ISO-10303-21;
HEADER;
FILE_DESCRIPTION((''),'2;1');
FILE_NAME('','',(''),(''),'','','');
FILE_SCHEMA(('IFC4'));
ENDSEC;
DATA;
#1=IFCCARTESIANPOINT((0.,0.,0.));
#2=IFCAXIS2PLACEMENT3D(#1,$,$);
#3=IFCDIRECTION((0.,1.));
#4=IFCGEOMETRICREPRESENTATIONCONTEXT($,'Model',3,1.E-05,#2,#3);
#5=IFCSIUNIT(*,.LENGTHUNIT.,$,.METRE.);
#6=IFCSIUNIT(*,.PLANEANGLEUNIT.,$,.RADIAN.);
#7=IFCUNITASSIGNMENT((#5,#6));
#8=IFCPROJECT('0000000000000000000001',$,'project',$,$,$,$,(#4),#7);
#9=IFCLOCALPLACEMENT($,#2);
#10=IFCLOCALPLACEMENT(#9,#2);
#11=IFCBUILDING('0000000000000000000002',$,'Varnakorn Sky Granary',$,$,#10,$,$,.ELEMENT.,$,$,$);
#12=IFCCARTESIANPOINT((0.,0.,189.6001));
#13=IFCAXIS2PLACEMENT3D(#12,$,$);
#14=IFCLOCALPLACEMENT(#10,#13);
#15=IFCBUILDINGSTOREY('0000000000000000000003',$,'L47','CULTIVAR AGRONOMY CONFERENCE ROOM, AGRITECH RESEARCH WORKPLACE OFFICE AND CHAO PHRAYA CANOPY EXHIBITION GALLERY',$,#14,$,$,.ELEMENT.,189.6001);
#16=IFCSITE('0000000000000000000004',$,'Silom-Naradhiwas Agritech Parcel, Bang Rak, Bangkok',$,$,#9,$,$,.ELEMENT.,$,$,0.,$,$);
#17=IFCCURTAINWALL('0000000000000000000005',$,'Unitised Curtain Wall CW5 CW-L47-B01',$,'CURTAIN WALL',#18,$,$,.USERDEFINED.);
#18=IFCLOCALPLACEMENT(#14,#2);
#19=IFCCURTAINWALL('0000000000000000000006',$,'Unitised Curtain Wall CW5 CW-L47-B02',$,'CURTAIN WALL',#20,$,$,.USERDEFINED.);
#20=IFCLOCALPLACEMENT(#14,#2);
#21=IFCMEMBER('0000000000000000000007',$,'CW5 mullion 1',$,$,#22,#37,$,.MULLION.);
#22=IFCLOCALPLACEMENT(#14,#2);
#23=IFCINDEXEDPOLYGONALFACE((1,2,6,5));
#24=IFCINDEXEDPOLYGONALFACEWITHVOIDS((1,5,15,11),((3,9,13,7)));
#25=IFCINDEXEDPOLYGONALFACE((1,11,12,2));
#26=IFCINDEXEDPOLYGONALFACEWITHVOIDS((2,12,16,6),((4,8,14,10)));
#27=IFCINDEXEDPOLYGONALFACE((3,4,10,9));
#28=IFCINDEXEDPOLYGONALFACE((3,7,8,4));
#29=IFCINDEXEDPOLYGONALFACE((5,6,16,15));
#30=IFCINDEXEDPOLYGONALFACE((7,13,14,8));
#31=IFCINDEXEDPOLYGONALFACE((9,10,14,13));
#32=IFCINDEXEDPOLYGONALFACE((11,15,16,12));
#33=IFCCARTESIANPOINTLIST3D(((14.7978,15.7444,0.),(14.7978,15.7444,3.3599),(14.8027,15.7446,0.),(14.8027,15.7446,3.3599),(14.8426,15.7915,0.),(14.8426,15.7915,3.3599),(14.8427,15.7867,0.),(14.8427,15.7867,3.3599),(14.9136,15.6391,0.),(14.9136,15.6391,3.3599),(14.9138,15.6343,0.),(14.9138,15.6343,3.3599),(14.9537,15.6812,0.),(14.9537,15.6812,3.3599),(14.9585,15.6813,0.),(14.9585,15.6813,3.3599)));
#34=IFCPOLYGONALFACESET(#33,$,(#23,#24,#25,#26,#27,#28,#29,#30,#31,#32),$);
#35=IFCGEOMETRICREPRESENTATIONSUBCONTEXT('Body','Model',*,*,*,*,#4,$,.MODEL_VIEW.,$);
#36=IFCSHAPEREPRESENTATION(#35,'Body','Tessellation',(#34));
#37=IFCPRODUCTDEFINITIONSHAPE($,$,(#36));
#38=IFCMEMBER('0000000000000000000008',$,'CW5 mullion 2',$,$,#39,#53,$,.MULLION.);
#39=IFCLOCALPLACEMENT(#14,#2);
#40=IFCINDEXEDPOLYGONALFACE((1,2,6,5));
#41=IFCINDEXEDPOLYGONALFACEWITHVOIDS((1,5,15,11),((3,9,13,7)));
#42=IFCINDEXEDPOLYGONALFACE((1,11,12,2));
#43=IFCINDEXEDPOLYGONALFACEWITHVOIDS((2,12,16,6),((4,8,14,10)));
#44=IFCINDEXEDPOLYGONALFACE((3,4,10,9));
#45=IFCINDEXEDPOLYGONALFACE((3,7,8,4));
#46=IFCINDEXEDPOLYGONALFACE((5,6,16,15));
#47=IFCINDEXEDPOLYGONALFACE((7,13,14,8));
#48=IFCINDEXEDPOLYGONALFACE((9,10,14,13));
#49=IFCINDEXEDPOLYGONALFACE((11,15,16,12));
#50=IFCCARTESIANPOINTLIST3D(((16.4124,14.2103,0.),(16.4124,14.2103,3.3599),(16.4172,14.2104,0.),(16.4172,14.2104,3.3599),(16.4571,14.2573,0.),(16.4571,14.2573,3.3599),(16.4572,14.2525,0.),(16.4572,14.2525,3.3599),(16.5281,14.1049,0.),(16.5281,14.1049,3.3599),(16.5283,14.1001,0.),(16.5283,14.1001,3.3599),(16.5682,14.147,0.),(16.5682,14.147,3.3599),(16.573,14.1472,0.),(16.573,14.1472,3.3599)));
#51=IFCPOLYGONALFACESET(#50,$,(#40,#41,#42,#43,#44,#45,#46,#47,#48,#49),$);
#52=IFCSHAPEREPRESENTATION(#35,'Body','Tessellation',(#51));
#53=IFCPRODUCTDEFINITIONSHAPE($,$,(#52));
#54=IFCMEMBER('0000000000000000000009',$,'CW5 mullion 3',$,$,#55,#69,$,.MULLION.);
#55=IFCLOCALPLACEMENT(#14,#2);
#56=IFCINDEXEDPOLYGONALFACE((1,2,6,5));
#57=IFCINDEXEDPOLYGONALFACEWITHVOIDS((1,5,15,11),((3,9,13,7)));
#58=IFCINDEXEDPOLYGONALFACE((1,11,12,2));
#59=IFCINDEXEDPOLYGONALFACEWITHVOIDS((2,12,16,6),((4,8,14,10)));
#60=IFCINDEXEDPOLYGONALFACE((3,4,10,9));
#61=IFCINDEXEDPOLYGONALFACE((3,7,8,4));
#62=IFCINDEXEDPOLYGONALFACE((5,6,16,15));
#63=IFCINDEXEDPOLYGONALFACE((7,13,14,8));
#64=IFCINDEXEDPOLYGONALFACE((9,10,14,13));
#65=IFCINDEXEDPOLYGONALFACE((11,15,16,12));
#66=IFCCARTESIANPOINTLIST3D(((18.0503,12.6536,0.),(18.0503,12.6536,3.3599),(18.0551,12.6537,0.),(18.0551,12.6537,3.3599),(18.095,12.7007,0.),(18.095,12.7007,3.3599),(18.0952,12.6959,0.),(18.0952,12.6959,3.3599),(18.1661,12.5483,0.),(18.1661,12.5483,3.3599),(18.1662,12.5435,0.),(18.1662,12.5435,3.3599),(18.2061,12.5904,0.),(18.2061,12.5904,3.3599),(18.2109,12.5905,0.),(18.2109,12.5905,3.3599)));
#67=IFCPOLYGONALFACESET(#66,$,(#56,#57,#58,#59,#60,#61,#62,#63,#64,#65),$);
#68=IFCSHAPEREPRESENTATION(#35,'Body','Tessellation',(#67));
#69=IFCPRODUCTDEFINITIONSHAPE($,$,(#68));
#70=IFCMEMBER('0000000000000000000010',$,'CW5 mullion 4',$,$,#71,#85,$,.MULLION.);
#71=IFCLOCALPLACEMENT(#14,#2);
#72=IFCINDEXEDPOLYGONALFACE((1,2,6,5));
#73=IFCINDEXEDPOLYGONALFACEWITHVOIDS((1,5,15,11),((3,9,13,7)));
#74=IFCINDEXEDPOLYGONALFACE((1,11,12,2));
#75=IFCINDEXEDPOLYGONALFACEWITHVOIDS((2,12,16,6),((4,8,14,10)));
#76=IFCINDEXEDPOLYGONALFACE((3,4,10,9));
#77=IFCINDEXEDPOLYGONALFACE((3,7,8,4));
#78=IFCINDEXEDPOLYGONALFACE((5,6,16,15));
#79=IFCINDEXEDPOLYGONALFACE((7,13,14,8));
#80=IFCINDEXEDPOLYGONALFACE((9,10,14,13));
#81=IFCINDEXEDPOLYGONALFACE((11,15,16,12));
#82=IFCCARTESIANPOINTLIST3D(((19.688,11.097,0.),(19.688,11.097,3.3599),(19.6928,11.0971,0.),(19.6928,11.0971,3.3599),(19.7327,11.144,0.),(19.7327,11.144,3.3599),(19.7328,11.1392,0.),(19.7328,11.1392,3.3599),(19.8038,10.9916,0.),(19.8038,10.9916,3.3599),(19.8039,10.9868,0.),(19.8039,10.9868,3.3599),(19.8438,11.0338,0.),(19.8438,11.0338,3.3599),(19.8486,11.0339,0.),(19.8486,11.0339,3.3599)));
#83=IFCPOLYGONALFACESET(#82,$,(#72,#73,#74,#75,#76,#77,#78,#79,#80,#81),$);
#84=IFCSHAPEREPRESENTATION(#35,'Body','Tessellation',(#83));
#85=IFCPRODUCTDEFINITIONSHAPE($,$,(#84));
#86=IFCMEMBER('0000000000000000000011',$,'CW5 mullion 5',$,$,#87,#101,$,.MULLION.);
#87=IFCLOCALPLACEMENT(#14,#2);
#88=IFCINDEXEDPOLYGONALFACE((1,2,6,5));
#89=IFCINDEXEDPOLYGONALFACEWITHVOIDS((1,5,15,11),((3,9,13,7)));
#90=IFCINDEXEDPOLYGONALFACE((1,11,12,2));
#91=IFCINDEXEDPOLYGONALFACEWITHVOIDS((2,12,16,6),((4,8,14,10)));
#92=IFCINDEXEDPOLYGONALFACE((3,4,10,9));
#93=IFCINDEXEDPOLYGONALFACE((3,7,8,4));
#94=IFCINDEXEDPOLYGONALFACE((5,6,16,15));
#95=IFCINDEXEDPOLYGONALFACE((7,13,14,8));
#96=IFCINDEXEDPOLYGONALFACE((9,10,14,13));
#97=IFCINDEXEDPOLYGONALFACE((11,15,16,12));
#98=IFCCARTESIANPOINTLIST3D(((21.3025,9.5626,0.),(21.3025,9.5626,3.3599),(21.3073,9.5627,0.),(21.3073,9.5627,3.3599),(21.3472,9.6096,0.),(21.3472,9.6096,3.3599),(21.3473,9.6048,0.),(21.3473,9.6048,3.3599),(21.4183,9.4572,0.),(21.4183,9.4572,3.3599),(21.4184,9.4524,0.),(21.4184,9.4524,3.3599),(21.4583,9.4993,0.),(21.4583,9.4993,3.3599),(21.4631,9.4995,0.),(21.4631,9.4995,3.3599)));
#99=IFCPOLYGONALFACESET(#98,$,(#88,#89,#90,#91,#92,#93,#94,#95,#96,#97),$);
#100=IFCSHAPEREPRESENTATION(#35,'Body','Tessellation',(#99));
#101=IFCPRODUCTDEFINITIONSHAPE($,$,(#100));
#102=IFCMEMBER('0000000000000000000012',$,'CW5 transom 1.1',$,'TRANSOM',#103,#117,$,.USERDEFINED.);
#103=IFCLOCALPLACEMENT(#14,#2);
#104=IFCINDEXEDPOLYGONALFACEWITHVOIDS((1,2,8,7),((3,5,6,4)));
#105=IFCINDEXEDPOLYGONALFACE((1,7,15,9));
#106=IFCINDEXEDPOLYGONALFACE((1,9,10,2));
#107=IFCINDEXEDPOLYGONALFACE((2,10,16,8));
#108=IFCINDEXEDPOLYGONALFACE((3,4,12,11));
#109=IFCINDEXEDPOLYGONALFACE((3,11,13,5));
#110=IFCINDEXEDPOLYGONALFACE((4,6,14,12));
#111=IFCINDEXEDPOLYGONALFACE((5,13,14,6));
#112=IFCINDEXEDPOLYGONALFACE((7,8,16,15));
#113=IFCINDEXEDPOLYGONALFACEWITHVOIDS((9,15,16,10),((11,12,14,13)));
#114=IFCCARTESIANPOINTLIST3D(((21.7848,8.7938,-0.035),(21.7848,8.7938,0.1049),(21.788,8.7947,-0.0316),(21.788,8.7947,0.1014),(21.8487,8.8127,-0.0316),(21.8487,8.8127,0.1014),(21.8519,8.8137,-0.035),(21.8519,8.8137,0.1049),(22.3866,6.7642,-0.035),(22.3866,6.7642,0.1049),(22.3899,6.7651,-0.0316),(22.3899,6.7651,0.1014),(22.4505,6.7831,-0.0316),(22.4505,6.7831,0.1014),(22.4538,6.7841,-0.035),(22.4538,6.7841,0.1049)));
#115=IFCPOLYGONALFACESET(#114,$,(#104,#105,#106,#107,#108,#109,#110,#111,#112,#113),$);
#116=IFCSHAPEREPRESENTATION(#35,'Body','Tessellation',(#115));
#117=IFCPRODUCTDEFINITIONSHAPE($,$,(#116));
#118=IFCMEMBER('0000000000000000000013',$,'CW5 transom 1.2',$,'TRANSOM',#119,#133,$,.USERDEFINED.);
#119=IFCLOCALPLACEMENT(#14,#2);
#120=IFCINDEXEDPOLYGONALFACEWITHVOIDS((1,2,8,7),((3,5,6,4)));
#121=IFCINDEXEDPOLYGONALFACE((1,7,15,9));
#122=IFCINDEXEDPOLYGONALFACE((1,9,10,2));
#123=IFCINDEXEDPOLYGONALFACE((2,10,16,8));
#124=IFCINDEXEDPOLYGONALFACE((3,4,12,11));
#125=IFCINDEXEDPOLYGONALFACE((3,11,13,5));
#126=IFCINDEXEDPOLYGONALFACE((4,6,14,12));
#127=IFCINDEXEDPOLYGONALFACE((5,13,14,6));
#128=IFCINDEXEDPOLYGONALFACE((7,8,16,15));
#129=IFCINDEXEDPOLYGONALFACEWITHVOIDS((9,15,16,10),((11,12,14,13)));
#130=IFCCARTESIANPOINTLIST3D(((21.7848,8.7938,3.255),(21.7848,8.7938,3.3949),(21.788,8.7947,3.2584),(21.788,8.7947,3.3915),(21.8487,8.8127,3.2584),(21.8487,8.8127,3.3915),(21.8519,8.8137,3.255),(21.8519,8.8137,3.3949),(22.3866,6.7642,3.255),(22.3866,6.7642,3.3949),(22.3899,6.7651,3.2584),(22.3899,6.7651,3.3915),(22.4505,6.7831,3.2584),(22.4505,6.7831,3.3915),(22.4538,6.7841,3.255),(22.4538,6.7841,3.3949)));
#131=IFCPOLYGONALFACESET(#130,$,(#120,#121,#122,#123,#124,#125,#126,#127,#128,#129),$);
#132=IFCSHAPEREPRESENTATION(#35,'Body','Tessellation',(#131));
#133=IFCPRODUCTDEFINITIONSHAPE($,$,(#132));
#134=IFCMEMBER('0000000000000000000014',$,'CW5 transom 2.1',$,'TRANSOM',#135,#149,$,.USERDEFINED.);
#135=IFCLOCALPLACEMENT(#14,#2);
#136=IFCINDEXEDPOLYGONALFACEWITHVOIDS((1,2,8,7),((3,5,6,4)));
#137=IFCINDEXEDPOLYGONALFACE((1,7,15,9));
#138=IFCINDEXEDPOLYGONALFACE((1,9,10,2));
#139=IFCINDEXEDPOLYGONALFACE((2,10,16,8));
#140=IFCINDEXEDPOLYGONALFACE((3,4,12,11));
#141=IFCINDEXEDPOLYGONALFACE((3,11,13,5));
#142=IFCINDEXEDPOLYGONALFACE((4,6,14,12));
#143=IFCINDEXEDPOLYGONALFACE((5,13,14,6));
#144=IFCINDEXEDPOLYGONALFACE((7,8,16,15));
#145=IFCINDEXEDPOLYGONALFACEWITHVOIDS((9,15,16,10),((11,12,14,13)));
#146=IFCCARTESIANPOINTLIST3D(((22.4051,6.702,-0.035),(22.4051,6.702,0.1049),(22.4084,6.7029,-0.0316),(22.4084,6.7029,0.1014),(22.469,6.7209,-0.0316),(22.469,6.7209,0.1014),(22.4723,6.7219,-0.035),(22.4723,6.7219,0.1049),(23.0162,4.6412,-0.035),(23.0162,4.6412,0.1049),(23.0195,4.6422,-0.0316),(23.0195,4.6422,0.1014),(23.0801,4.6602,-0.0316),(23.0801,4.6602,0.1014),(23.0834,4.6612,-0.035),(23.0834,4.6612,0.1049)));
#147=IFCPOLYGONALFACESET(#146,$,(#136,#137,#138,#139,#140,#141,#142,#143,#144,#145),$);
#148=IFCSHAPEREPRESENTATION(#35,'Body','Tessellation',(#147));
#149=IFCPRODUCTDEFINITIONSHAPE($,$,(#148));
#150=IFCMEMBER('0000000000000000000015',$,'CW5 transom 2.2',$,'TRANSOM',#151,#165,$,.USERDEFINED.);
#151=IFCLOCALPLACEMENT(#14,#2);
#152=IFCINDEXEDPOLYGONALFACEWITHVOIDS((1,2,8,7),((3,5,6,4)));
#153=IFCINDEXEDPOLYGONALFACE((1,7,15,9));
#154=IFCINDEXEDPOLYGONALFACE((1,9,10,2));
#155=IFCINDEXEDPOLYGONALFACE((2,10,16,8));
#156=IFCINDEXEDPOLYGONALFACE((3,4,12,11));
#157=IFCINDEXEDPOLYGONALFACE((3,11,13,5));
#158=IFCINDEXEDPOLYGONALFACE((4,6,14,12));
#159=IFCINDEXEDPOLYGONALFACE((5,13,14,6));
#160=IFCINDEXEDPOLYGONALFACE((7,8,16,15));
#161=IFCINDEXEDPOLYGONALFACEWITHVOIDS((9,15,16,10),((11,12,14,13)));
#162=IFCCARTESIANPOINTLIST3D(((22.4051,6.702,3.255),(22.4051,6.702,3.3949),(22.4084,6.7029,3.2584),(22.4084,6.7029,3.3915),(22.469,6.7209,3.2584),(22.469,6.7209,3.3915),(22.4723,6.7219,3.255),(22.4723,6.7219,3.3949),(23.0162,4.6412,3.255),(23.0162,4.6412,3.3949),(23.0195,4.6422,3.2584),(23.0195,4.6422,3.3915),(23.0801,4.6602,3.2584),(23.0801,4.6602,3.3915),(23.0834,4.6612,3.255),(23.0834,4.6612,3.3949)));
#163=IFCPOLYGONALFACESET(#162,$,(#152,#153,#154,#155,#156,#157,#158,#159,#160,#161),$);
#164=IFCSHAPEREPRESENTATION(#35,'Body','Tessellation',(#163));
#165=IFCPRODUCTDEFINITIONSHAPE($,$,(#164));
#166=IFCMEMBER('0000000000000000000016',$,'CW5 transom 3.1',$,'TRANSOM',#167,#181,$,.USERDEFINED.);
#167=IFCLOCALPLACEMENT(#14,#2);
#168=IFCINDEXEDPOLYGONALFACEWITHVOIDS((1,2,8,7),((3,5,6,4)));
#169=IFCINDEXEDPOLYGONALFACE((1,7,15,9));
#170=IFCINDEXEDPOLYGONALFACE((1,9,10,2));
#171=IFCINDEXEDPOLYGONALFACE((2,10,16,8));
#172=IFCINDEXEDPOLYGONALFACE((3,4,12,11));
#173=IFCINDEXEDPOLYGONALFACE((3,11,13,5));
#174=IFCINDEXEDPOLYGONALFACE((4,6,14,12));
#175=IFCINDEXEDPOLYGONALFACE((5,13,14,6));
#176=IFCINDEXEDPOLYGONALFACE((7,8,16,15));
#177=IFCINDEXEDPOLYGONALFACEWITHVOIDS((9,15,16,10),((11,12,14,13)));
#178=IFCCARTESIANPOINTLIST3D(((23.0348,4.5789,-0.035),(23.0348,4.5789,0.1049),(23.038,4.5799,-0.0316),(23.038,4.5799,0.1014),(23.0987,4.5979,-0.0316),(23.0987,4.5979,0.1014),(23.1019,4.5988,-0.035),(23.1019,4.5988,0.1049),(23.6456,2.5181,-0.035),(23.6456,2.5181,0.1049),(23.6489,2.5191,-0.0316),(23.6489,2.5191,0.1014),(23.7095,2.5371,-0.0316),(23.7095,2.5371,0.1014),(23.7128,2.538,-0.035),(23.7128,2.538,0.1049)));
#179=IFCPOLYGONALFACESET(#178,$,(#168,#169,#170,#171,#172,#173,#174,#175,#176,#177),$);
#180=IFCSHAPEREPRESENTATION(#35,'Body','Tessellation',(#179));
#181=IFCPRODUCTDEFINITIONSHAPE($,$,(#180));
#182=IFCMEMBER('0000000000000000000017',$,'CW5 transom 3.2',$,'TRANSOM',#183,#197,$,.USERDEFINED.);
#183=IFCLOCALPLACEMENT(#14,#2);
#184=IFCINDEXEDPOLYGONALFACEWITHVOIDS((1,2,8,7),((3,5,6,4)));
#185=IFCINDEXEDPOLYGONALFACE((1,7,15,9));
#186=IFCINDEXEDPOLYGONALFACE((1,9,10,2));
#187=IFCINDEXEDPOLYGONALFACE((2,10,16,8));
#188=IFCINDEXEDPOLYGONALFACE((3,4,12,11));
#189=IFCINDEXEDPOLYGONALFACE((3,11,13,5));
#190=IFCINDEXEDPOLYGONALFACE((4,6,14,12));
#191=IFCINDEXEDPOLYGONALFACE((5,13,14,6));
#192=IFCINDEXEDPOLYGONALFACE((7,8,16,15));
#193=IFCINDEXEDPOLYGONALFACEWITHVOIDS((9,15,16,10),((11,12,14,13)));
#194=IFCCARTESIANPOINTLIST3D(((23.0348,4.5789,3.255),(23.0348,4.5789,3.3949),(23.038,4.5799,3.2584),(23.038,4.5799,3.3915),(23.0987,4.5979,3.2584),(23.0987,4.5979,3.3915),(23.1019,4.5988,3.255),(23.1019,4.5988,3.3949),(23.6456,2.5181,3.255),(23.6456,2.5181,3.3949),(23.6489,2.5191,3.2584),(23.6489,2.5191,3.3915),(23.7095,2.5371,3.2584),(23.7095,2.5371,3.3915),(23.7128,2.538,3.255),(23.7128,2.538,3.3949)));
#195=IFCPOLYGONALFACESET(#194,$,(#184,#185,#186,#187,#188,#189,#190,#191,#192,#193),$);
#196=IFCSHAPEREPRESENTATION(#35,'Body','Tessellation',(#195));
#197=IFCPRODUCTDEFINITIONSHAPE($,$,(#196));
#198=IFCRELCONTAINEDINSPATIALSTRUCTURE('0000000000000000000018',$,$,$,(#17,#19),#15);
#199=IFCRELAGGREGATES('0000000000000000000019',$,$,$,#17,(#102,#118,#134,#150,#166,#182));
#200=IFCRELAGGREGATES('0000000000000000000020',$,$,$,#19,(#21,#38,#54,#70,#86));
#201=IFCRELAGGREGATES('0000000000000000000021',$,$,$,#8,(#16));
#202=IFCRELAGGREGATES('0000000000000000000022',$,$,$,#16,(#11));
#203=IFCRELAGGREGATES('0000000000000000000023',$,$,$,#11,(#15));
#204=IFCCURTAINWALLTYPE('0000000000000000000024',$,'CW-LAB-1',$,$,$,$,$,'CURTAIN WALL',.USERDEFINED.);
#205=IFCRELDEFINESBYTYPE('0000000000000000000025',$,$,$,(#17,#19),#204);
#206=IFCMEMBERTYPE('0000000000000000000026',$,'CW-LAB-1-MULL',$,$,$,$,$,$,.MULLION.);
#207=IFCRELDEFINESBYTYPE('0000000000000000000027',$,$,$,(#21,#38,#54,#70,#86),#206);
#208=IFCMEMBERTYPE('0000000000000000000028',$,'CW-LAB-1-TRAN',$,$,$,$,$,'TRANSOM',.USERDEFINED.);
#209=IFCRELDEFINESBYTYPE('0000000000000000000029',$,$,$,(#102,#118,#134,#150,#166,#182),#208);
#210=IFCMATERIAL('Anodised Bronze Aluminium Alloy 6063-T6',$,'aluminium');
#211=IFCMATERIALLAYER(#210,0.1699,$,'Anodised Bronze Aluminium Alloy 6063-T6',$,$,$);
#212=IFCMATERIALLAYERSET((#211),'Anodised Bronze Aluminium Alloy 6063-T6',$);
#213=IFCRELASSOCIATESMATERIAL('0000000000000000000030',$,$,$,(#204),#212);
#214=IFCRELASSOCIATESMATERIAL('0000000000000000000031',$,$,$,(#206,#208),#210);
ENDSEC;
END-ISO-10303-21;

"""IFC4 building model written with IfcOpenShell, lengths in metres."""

from ifc_helpers import new_model, si_unit, direction, frame, origin, origin_2d, place, context, subcontext, project, spatial, hollow_rectangle, extrude, material, layer, layer_set, material_profile, profile_set, type_object, element, aggregate, save


model = new_model("IFC4")

# Units and contexts
model_context = context("Model", 3, precision=1e-05, world=origin(), true_north=direction((0.0, 1.0)))
body_context = subcontext(model_context, "Body", "Model", "MODEL_VIEW")
ifc_project = project(units=[si_unit("LENGTHUNIT", "METRE"), si_unit("PLANEANGLEUNIT", "RADIAN")], contexts=[model_context])

# Site, building, storey
site_placement = place(None, origin())
site = spatial("IfcSite", under=ifc_project, at=site_placement, Name="Silom-Naradhiwas Agritech Parcel, Bang Rak, Bangkok", CompositionType="ELEMENT", RefElevation=0.0)
building_placement = place(site_placement, origin())
building = spatial("IfcBuilding", under=site, at=building_placement, Name="Varnakorn Sky Granary", CompositionType="ELEMENT")
storey_placement = place(building_placement, frame((0.0, 0.0, 189.6001)))
storey = spatial("IfcBuildingStorey", under=building, at=storey_placement, Name="L47", Description="CULTIVAR AGRONOMY CONFERENCE ROOM, AGRITECH RESEARCH WORKPLACE OFFICE AND CHAO PHRAYA CANOPY EXHIBITION GALLERY", CompositionType="ELEMENT", Elevation=189.6001)

# Curtain walls, members
ifc_material_1 = material(Name="Anodised Bronze Aluminium Alloy 6063-T6", Category="aluminium")
ifc_layer_1 = layer(ifc_material_1, 0.1699, Name="Anodised Bronze Aluminium Alloy 6063-T6")
ifc_layer_set_1 = layer_set([ifc_layer_1], Name="Anodised Bronze Aluminium Alloy 6063-T6")
curtain_wall_type = type_object("IfcCurtainWallType", Name="CW-LAB-1", ElementType="CURTAIN WALL", PredefinedType="USERDEFINED", material=ifc_layer_set_1)
curtain_wall_1_placement = place(storey_placement, origin())
curtain_wall_1 = element("IfcCurtainWall", 1, at=curtain_wall_1_placement, inside=storey, type_object=curtain_wall_type, Name="Unitised Curtain Wall CW5 CW-L47-B01", ObjectType="CURTAIN WALL", PredefinedType="USERDEFINED")
ifc_material_profile_1 = material_profile(ifc_material_1, hollow_rectangle(XDim=0.0649, YDim=0.1599, WallThickness=0.0034, at=origin_2d()), Name="ALU MULL 65x160")
ifc_profile_set_1 = profile_set([ifc_material_profile_1], Name="Anodised Bronze Aluminium Alloy 6063-T6")
member_type_1 = type_object("IfcMemberType", Name="CW-LAB-1-MULL", PredefinedType="MULLION", material=ifc_profile_set_1)
curtain_wall_2_placement = place(storey_placement, origin())
curtain_wall_2 = element("IfcCurtainWall", 2, at=curtain_wall_2_placement, inside=storey, type_object=curtain_wall_type, Name="Unitised Curtain Wall CW5 CW-L47-B02", ObjectType="CURTAIN WALL", PredefinedType="USERDEFINED")
member_1_placement = place(storey_placement, frame((14.8782, 15.7129, 0.0), z_axis=(0.0, 0.0, 1.0), x_axis=(0.688905, 0.724851, 0.0)))
member_1 = element("IfcMember", 3, at=member_1_placement, type_object=member_type_1, Name="CW5 mullion 1", PredefinedType="MULLION", context=body_context, shape_type="SweptSolid", body=[
    extrude(hollow_rectangle(XDim=0.0649, YDim=0.1599, WallThickness=0.0034, at=origin_2d()), origin(), (0.0, 0.0, 1.0), 3.3599),
])
member_2_placement = place(storey_placement, frame((16.4927, 14.1787, 0.0), z_axis=(0.0, 0.0, 1.0), x_axis=(0.688905, 0.724851, 0.0)))
member_2 = element("IfcMember", 4, at=member_2_placement, type_object=member_type_1, Name="CW5 mullion 2", PredefinedType="MULLION", context=body_context, shape_type="SweptSolid", body=[
    extrude(hollow_rectangle(XDim=0.0649, YDim=0.1599, WallThickness=0.0034, at=origin_2d()), origin(), (0.0, 0.0, 1.0), 3.3599),
])
member_3_placement = place(storey_placement, frame((18.1306, 12.6221, 0.0), z_axis=(0.0, 0.0, 1.0), x_axis=(0.688905, 0.724851, 0.0)))
member_3 = element("IfcMember", 5, at=member_3_placement, type_object=member_type_1, Name="CW5 mullion 3", PredefinedType="MULLION", context=body_context, shape_type="SweptSolid", body=[
    extrude(hollow_rectangle(XDim=0.0649, YDim=0.1599, WallThickness=0.0034, at=origin_2d()), origin(), (0.0, 0.0, 1.0), 3.3599),
])
member_4_placement = place(storey_placement, frame((19.7683, 11.0654, 0.0), z_axis=(0.0, 0.0, 1.0), x_axis=(0.688905, 0.724851, 0.0)))
member_4 = element("IfcMember", 6, at=member_4_placement, type_object=member_type_1, Name="CW5 mullion 4", PredefinedType="MULLION", context=body_context, shape_type="SweptSolid", body=[
    extrude(hollow_rectangle(XDim=0.0649, YDim=0.1599, WallThickness=0.0034, at=origin_2d()), origin(), (0.0, 0.0, 1.0), 3.3599),
])
member_5_placement = place(storey_placement, frame((21.3828, 9.531, 0.0), z_axis=(0.0, 0.0, 1.0), x_axis=(0.688905, 0.724851, 0.0)))
member_5 = element("IfcMember", 7, at=member_5_placement, type_object=member_type_1, Name="CW5 mullion 5", PredefinedType="MULLION", context=body_context, shape_type="SweptSolid", body=[
    extrude(hollow_rectangle(XDim=0.0649, YDim=0.1599, WallThickness=0.0034, at=origin_2d()), origin(), (0.0, 0.0, 1.0), 3.3599),
])

# Members
ifc_material_profile_2 = material_profile(ifc_material_1, hollow_rectangle(XDim=0.0701, YDim=0.1399, WallThickness=0.0034, at=origin_2d()), Name="ALU TRAN 70x140")
ifc_profile_set_2 = profile_set([ifc_material_profile_2], Name="Anodised Bronze Aluminium Alloy 6063-T6")
member_type_2 = type_object("IfcMemberType", Name="CW-LAB-1-TRAN", ElementType="TRANSOM", PredefinedType="USERDEFINED", material=ifc_profile_set_2)
member_6_placement = place(storey_placement, frame((21.8184, 8.8037, 0.0349), z_axis=(0.284289, -0.958739, 0.0), x_axis=(0.958739, 0.284289, 0.0)))
member_6 = element("IfcMember", 8, at=member_6_placement, type_object=member_type_2, Name="CW5 transom 1.1", ObjectType="TRANSOM", PredefinedType="USERDEFINED", context=body_context, shape_type="SweptSolid", body=[
    extrude(hollow_rectangle(XDim=0.0701, YDim=0.1399, WallThickness=0.0034, at=origin_2d()), origin(), (0.0, 0.0, 1.0), 2.1169),
])
member_7_placement = place(storey_placement, frame((21.8184, 8.8037, 3.325), z_axis=(0.284289, -0.958739, 0.0), x_axis=(0.958739, 0.284289, 0.0)))
member_7 = element("IfcMember", 9, at=member_7_placement, type_object=member_type_2, Name="CW5 transom 1.2", ObjectType="TRANSOM", PredefinedType="USERDEFINED", context=body_context, shape_type="SweptSolid", body=[
    extrude(hollow_rectangle(XDim=0.0701, YDim=0.1399, WallThickness=0.0034, at=origin_2d()), origin(), (0.0, 0.0, 1.0), 2.1169),
])
member_8_placement = place(storey_placement, frame((22.4387, 6.7119, 0.0349), z_axis=(0.284293, -0.958737, 0.0), x_axis=(0.958737, 0.284293, 0.0)))
member_8 = element("IfcMember", 10, at=member_8_placement, type_object=member_type_2, Name="CW5 transom 2.1", ObjectType="TRANSOM", PredefinedType="USERDEFINED", context=body_context, shape_type="SweptSolid", body=[
    extrude(hollow_rectangle(XDim=0.0701, YDim=0.1399, WallThickness=0.0034, at=origin_2d()), origin(), (0.0, 0.0, 1.0), 2.1494),
])
member_9_placement = place(storey_placement, frame((22.4387, 6.7119, 3.325), z_axis=(0.284293, -0.958737, 0.0), x_axis=(0.958737, 0.284293, 0.0)))
member_9 = element("IfcMember", 11, at=member_9_placement, type_object=member_type_2, Name="CW5 transom 2.2", ObjectType="TRANSOM", PredefinedType="USERDEFINED", context=body_context, shape_type="SweptSolid", body=[
    extrude(hollow_rectangle(XDim=0.0701, YDim=0.1399, WallThickness=0.0034, at=origin_2d()), origin(), (0.0, 0.0, 1.0), 2.1494),
])
member_10_placement = place(storey_placement, frame((23.0684, 4.5889, 0.0349), z_axis=(0.284189, -0.958768, 0.0), x_axis=(0.958768, 0.284189, 0.0)))
member_10 = element("IfcMember", 12, at=member_10_placement, type_object=member_type_2, Name="CW5 transom 3.1", ObjectType="TRANSOM", PredefinedType="USERDEFINED", context=body_context, shape_type="SweptSolid", body=[
    extrude(hollow_rectangle(XDim=0.0701, YDim=0.1399, WallThickness=0.0034, at=origin_2d()), origin(), (0.0, 0.0, 1.0), 2.1494),
])
member_11_placement = place(storey_placement, frame((23.0684, 4.5889, 3.325), z_axis=(0.284189, -0.958768, 0.0), x_axis=(0.958768, 0.284189, 0.0)))
member_11 = element("IfcMember", 13, at=member_11_placement, type_object=member_type_2, Name="CW5 transom 3.2", ObjectType="TRANSOM", PredefinedType="USERDEFINED", context=body_context, shape_type="SweptSolid", body=[
    extrude(hollow_rectangle(XDim=0.0701, YDim=0.1399, WallThickness=0.0034, at=origin_2d()), origin(), (0.0, 0.0, 1.0), 2.1494),
])

aggregate(curtain_wall_1, [member_6, member_7, member_8, member_9, member_10, member_11])
aggregate(curtain_wall_2, [member_1, member_2, member_3, member_4, member_5])

save(model, "model.ifc")
